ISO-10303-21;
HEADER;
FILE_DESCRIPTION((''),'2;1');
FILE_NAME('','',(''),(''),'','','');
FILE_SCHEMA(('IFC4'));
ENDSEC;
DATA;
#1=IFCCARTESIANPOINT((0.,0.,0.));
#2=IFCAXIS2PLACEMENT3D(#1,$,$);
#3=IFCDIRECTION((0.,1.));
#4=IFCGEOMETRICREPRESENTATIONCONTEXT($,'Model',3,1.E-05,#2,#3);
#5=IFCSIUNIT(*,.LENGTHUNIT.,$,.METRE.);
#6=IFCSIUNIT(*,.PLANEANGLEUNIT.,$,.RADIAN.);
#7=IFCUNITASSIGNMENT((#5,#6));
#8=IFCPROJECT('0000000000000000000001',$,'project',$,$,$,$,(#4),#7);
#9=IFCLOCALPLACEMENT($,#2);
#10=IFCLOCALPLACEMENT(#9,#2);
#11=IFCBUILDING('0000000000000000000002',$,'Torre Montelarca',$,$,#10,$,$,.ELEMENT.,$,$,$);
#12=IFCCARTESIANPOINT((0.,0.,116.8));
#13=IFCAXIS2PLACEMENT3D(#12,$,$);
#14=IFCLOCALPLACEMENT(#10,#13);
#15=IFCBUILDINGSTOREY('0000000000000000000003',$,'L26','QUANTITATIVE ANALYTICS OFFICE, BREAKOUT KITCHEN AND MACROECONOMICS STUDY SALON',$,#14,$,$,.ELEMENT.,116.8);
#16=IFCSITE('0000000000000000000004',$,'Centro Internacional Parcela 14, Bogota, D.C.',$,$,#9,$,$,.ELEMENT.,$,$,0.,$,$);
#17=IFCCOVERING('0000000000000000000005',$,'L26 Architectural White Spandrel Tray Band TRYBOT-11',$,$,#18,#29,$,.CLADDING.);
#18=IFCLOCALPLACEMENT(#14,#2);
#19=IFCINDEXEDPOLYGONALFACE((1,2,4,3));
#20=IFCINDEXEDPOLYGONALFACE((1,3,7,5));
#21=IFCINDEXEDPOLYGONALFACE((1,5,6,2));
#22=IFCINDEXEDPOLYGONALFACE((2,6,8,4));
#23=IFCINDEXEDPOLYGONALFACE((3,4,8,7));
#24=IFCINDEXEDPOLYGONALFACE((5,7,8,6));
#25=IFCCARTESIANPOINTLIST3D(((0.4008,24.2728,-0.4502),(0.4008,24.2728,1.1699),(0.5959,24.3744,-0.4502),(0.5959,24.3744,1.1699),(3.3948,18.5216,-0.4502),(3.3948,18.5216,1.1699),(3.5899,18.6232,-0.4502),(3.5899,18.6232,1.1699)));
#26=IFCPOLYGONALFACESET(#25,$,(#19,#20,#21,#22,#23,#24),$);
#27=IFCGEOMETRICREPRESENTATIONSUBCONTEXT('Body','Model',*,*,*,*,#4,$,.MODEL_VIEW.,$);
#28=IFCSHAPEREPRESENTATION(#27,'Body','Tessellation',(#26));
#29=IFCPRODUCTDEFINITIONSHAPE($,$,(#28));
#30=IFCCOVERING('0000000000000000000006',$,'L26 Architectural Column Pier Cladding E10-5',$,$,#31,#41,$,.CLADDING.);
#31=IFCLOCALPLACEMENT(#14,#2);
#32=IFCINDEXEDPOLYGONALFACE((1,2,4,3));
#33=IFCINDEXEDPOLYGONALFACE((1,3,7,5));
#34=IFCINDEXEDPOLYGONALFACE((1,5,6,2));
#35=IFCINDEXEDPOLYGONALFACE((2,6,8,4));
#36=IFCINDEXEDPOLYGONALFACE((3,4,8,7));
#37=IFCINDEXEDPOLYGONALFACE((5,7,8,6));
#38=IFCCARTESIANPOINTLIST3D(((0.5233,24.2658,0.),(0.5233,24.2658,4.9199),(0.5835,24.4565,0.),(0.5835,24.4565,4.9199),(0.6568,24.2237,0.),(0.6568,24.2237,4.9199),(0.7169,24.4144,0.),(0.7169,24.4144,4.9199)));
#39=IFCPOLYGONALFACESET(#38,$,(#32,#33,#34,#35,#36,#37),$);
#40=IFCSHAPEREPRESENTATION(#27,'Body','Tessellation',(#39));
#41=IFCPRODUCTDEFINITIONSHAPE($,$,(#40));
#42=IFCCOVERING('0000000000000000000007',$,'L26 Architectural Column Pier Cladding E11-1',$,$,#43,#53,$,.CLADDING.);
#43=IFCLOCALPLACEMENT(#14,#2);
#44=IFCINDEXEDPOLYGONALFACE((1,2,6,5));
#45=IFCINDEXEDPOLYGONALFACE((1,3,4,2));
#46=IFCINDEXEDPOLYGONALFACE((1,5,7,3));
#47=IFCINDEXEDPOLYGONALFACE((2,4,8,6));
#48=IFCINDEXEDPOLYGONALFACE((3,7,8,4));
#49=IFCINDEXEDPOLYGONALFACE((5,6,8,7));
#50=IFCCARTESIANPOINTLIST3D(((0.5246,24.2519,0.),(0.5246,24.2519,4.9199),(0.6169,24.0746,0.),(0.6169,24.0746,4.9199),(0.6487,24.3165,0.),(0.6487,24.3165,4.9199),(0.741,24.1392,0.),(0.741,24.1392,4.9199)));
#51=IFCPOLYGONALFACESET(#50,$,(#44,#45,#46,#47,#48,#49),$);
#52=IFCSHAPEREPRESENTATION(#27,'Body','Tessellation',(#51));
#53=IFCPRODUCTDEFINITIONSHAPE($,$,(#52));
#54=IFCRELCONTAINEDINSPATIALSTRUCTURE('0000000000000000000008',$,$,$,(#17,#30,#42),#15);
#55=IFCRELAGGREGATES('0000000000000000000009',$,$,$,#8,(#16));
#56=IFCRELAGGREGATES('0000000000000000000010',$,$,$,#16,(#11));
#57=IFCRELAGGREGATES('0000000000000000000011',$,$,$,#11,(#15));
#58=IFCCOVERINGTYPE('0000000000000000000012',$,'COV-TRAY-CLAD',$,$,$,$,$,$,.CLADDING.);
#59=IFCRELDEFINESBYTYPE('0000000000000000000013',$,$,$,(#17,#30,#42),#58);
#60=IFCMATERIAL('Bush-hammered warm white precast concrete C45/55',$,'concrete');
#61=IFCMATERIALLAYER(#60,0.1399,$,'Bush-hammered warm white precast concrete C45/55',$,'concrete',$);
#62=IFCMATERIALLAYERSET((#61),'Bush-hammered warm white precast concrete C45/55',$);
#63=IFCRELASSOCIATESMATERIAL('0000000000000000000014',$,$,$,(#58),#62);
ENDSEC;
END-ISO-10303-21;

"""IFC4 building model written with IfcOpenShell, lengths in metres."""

from ifc_helpers import new_model, si_unit, direction, frame, origin, origin_2d, place, context, subcontext, project, spatial, rectangle, extrude, source, transform, mapped, material, layer, layer_set, type_object, element, save


model = new_model("IFC4")

# Units and contexts
model_context = context("Model", 3, precision=1e-05, world=origin(), true_north=direction((0.0, 1.0)))
body_context = subcontext(model_context, "Body", "Model", "MODEL_VIEW")
ifc_project = project(units=[si_unit("LENGTHUNIT", "METRE"), si_unit("PLANEANGLEUNIT", "RADIAN")], contexts=[model_context])

# Site, building, storey
site_placement = place(None, origin())
site = spatial("IfcSite", under=ifc_project, at=site_placement, Name="Centro Internacional Parcela 14, Bogota, D.C.", CompositionType="ELEMENT", RefElevation=0.0)
building_placement = place(site_placement, origin())
building = spatial("IfcBuilding", under=site, at=building_placement, Name="Torre Montelarca", CompositionType="ELEMENT")
storey_placement = place(building_placement, frame((0.0, 0.0, 116.8)))
storey = spatial("IfcBuildingStorey", under=building, at=storey_placement, Name="L26", Description="QUANTITATIVE ANALYTICS OFFICE, BREAKOUT KITCHEN AND MACROECONOMICS STUDY SALON", CompositionType="ELEMENT", Elevation=116.8)

# Coverings
ifc_material_1 = material(Name="Bush-hammered warm white precast concrete C45/55", Category="concrete")
ifc_layer_1 = layer(ifc_material_1, 0.1399, Name="Bush-hammered warm white precast concrete C45/55", Category="concrete")
ifc_layer_set_1 = layer_set([ifc_layer_1], Name="Bush-hammered warm white precast concrete C45/55")
covering_type = type_object("IfcCoveringType", Name="COV-TRAY-CLAD", PredefinedType="CLADDING", material=ifc_layer_set_1)
shared_shape_1 = source(origin(), body_context, "Body", "SweptSolid", [
    extrude(rectangle(XDim=6.4839, YDim=0.22, at=origin_2d()), origin(), (0.0, 0.0, 1.0), 1.6201),
])
covering_placement = place(storey_placement, frame((1.9954, 21.448, -0.4502), z_axis=(0.0, 0.0, 1.0), x_axis=(0.461755, -0.887008, 0.0)))
element("IfcCovering", 1, at=covering_placement, inside=storey, type_object=covering_type, Name="L26 Architectural White Spandrel Tray Band TRYBOT-11", PredefinedType="CLADDING", context=body_context, shape_type="MappedRepresentation", body=[
    mapped(shared_shape_1, transform((0.0, 0.0, 0.0), scale=1.0)),
])
shared_shape_2 = source(origin(), body_context, "Body", "SweptSolid", [
    extrude(rectangle(XDim=0.2, YDim=0.1399, at=origin_2d()), origin(), (0.0, 0.0, 1.0), 4.9199),
])
for number, where, z_axis, x_axis, name in (
    (2, (0.6201, 24.3401, 0.0), (0.0, 0.0, 1.0), (-0.300707, -0.953716, 0.0), "L26 Architectural Column Pier Cladding E10-5"),
    (3, (0.6328, 24.1956, 0.0), (0.0, 0.0, 1.0), (0.461749, -0.887011, 0.0), "L26 Architectural Column Pier Cladding E11-1"),
):
    element("IfcCovering", number, at=place(storey_placement, frame(where, z_axis=z_axis, x_axis=x_axis)), inside=storey, type_object=covering_type, Name=name, PredefinedType="CLADDING", context=body_context, shape_type="MappedRepresentation", body=[
        mapped(shared_shape_2, transform((0.0, 0.0, 0.0), scale=1.0)),
    ])

save(model, "model.ifc")
